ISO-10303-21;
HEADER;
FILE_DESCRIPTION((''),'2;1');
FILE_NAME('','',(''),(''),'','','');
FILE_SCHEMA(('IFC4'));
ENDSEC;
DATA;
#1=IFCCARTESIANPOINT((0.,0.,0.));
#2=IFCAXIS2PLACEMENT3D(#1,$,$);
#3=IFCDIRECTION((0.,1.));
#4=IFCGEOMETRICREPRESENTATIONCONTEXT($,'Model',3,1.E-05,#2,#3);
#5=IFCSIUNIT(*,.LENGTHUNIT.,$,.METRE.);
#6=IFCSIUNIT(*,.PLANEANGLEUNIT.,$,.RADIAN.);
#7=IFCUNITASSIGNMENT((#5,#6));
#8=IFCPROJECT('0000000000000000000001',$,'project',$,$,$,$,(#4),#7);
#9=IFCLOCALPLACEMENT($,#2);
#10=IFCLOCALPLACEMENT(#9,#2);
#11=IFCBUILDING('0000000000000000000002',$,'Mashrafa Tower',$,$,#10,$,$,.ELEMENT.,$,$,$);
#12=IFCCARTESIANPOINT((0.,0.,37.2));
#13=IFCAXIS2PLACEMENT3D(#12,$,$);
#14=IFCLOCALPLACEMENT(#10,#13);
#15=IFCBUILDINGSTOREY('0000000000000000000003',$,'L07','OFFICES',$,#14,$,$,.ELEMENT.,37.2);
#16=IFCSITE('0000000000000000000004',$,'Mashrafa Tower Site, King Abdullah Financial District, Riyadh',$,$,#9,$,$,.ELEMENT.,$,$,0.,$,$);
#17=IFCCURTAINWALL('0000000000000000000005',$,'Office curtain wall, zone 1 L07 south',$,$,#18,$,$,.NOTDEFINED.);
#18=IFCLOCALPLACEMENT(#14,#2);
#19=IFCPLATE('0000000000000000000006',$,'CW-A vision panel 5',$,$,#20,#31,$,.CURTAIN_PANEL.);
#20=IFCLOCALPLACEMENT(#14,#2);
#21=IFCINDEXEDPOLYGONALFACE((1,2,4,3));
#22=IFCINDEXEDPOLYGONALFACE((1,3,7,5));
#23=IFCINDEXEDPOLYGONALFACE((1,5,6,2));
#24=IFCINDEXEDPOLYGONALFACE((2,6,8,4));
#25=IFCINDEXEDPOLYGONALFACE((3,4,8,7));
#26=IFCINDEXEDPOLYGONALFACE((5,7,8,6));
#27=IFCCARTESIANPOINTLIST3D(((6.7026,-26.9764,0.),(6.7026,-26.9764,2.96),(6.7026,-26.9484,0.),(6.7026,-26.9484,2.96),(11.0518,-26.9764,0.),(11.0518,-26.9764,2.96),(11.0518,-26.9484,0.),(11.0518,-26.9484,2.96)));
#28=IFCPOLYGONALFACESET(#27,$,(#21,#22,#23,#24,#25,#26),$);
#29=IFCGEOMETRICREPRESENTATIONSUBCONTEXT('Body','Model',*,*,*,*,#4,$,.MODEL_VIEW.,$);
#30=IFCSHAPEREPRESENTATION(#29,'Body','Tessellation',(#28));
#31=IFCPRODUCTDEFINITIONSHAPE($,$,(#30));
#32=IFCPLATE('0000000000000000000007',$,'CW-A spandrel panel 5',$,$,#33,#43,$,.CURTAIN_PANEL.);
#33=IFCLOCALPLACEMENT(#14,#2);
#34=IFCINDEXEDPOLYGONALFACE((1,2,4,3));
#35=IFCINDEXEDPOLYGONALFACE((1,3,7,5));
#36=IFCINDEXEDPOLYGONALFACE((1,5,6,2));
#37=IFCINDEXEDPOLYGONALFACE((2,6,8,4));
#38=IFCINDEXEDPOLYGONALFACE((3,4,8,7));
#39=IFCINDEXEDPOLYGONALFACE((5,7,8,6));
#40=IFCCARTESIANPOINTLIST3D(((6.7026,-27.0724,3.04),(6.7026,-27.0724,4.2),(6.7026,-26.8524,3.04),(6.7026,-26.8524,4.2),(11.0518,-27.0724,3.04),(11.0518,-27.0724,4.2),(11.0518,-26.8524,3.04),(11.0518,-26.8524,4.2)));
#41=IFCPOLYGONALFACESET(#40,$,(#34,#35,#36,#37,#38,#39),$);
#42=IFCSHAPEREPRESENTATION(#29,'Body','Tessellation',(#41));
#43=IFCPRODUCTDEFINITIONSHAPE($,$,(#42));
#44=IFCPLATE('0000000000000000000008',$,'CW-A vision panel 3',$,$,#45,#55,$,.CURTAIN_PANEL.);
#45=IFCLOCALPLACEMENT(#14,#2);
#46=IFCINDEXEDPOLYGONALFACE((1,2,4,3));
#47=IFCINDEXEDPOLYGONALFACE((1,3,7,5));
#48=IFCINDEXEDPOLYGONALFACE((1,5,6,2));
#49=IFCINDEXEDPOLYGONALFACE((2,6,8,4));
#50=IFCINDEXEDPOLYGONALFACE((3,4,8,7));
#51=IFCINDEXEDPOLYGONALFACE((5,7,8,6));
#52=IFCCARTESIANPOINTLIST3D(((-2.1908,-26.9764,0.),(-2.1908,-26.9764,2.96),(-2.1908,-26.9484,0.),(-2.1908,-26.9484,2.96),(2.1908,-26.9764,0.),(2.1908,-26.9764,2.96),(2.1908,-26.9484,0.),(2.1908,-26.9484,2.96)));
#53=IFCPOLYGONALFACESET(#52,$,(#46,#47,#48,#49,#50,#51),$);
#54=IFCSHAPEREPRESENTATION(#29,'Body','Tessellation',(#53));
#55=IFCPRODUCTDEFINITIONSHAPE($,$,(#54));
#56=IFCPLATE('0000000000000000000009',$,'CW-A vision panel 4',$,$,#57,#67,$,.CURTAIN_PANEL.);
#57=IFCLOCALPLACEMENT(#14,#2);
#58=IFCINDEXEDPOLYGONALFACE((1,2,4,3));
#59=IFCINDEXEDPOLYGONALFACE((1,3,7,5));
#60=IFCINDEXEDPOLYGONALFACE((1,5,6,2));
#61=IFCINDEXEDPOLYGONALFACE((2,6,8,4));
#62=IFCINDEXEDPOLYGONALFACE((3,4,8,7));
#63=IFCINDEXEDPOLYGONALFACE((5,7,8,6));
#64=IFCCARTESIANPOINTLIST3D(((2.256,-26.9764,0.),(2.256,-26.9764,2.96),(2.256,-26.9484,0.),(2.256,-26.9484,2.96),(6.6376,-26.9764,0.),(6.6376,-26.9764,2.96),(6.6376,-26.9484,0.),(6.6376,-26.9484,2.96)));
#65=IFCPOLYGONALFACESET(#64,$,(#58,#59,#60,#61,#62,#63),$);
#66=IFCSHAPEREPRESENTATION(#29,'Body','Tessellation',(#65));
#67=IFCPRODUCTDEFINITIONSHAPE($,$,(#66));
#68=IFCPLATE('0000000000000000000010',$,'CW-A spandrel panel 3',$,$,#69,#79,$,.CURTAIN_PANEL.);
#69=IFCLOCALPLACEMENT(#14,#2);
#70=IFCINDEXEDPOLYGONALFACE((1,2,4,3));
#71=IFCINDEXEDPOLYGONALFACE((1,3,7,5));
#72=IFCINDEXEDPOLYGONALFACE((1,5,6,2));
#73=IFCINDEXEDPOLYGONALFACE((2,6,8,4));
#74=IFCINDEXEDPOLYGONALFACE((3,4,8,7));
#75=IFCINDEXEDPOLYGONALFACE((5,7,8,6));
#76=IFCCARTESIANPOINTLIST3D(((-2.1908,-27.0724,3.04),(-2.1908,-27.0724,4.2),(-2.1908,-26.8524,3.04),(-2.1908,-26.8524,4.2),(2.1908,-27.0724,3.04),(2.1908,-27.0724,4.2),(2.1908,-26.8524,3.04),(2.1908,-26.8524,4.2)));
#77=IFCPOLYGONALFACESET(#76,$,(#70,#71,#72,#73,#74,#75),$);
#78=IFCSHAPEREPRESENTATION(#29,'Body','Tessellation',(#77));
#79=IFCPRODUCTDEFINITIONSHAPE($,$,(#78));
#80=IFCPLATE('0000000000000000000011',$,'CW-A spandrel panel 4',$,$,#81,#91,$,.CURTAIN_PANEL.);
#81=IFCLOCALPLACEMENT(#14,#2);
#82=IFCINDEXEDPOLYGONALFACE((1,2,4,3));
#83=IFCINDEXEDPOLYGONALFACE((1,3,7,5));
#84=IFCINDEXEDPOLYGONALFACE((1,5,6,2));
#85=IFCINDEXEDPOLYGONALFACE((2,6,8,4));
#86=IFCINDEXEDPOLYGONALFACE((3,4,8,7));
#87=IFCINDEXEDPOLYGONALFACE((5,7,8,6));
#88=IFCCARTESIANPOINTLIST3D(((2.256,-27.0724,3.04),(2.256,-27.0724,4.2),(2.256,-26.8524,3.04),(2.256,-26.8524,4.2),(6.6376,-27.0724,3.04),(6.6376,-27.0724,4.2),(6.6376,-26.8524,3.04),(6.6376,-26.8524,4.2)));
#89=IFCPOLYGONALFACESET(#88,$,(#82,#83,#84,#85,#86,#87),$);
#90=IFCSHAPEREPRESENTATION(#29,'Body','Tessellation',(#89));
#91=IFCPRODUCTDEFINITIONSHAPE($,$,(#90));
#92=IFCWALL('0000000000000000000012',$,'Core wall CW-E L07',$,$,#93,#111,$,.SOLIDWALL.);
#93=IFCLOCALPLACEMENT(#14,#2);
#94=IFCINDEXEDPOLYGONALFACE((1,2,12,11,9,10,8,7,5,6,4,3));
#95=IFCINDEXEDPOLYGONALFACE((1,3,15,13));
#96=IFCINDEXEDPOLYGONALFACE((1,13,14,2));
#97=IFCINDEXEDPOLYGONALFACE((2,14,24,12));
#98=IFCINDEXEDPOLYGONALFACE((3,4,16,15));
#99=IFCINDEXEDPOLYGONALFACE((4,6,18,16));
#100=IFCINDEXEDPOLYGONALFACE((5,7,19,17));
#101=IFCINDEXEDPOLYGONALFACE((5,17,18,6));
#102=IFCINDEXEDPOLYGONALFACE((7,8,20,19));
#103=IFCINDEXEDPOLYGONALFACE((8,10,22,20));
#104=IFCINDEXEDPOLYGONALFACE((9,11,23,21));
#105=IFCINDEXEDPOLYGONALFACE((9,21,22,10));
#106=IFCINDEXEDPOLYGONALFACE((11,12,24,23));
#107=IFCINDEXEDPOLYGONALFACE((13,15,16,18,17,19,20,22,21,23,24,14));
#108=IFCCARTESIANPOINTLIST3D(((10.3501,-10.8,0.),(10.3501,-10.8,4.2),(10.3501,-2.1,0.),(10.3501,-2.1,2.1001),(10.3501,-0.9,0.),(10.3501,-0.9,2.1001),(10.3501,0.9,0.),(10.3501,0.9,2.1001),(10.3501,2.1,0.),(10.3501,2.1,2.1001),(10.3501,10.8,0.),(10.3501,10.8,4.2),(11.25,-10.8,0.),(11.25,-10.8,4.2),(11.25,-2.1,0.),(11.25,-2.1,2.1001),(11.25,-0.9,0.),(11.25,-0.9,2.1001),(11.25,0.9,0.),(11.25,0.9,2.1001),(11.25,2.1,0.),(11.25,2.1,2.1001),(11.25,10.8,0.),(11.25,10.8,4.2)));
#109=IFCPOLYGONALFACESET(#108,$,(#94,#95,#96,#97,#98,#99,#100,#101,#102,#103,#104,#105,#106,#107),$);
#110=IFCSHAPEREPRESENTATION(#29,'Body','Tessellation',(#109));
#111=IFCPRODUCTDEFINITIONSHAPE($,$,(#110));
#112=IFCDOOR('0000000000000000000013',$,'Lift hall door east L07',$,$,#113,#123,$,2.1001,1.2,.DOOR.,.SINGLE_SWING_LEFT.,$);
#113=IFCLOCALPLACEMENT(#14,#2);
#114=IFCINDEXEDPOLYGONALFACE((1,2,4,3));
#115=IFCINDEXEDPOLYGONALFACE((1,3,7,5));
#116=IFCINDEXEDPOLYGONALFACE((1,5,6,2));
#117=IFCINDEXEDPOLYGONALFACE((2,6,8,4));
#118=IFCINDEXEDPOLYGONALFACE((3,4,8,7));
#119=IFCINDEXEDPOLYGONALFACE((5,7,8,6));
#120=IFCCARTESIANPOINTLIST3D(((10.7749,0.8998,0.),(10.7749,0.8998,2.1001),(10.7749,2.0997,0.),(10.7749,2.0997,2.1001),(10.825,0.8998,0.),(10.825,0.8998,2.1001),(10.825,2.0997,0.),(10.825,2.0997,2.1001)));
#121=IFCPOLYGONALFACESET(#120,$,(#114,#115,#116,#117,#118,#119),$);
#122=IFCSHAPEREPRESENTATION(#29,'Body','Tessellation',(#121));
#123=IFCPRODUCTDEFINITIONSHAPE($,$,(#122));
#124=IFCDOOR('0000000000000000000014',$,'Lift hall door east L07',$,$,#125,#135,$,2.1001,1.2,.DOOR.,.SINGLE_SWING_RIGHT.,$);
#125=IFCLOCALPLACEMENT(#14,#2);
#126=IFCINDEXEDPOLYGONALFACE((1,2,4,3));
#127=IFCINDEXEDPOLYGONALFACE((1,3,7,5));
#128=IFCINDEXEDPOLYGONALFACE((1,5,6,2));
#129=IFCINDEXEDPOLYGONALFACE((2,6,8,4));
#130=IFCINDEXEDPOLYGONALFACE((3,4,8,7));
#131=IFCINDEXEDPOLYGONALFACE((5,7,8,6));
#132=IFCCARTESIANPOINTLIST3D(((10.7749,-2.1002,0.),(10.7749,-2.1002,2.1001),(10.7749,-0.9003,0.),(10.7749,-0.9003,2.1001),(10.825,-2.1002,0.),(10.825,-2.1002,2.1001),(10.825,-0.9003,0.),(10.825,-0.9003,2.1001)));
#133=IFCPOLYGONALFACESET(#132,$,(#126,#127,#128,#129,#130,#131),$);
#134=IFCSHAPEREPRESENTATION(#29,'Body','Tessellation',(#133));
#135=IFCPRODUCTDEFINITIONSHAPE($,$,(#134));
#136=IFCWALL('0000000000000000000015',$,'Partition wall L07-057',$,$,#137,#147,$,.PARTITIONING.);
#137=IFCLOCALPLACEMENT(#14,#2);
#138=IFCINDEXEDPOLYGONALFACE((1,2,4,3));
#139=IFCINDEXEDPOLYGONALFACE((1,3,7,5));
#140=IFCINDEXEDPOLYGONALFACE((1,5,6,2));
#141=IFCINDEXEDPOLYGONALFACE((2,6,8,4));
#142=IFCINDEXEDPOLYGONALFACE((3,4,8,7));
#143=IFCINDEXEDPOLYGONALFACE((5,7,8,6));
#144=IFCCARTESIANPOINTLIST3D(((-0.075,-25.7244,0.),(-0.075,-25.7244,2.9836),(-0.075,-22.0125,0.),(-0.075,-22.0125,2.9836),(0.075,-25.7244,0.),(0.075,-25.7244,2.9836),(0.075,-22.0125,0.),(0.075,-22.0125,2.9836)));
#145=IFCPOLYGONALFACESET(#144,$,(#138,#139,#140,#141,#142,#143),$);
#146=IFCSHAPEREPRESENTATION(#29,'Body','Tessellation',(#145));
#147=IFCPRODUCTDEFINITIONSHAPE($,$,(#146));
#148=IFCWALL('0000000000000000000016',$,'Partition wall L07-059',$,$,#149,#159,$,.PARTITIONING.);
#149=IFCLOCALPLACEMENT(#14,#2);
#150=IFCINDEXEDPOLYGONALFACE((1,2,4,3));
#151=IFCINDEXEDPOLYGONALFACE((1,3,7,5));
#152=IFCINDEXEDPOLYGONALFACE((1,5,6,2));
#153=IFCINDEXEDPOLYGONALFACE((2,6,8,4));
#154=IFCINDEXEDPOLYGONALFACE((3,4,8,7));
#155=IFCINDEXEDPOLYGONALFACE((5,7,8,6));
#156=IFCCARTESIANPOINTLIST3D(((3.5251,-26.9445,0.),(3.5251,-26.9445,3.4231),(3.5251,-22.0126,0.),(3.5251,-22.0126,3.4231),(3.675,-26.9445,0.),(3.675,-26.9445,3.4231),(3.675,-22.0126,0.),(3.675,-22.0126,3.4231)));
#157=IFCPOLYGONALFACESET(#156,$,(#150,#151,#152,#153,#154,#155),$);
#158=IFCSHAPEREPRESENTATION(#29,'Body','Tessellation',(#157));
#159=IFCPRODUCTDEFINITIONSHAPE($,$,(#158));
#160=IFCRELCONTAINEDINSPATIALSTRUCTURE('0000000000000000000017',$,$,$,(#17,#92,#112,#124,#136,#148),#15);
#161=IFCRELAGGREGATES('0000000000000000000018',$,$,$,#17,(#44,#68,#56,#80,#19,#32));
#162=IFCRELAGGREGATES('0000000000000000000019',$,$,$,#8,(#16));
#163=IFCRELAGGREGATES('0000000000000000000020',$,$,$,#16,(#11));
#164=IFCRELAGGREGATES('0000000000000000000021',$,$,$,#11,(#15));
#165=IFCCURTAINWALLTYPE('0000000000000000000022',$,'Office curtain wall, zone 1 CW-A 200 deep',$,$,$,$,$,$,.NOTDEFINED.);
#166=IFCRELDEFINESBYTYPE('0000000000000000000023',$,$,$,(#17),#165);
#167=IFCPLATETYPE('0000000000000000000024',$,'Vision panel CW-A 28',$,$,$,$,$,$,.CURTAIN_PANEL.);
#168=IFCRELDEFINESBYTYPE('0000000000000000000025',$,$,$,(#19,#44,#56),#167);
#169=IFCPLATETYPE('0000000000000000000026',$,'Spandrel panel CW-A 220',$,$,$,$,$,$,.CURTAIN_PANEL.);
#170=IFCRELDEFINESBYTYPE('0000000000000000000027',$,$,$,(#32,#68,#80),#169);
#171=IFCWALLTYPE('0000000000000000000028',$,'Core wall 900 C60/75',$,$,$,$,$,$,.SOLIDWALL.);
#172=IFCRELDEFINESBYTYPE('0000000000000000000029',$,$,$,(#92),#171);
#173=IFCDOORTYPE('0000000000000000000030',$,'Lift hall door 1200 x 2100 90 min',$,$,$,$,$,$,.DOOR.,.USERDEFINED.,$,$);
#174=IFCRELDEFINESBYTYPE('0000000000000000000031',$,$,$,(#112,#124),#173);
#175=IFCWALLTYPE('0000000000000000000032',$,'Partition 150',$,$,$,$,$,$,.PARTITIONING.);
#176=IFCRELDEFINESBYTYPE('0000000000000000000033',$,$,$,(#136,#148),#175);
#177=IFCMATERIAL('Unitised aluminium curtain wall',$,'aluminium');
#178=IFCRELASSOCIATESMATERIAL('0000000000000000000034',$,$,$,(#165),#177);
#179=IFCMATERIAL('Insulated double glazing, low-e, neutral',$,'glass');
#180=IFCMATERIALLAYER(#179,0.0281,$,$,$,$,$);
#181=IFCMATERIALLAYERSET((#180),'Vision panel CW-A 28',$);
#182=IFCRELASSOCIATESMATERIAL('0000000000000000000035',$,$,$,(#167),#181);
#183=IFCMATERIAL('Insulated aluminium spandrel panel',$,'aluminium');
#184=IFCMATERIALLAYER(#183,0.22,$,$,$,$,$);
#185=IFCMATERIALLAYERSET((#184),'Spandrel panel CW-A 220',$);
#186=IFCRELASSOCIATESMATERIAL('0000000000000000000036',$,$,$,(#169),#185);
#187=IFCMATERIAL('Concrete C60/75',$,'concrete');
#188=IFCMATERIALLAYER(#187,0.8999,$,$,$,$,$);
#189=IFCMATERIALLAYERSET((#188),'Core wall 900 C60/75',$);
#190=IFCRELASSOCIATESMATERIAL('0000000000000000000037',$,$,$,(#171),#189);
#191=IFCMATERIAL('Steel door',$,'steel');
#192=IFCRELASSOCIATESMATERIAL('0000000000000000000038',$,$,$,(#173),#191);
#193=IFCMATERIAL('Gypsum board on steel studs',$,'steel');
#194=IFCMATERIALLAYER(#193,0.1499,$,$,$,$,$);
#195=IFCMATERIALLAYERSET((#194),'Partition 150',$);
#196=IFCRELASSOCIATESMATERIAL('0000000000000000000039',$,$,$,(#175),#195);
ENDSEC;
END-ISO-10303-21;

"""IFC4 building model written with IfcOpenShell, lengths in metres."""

from ifc_helpers import new_model, si_unit, direction, frame, frame_2d, origin, origin_2d, place, context, subcontext, project, spatial, rectangle, extrude, source, transform, mapped, material, layer, layer_set, type_object, type_shapes, element, fill, aggregate, save


model = new_model("IFC4")

# Units and contexts
model_context = context("Model", 3, precision=1e-05, world=origin(), true_north=direction((0.0, 1.0)))
body_context = subcontext(model_context, "Body", "Model", "MODEL_VIEW")
ifc_project = project(units=[si_unit("LENGTHUNIT", "METRE"), si_unit("PLANEANGLEUNIT", "RADIAN")], contexts=[model_context])

# Site, building, storey
site_placement = place(None, origin())
site = spatial("IfcSite", under=ifc_project, at=site_placement, Name="Mashrafa Tower Site, King Abdullah Financial District, Riyadh", CompositionType="ELEMENT", RefElevation=0.0)
building_placement = place(site_placement, origin())
building = spatial("IfcBuilding", under=site, at=building_placement, Name="Mashrafa Tower", CompositionType="ELEMENT")
storey_placement = place(building_placement, frame((0.0, 0.0, 37.2)))
storey = spatial("IfcBuildingStorey", under=building, at=storey_placement, Name="L07", Description="OFFICES", CompositionType="ELEMENT", Elevation=37.2)

# Curtain wall
ifc_material_1 = material(Name="Unitised aluminium curtain wall", Category="aluminium")
curtain_wall_type = type_object("IfcCurtainWallType", Name="Office curtain wall, zone 1 CW-A 200 deep", PredefinedType="NOTDEFINED", material=ifc_material_1)
curtain_wall_1_placement = place(storey_placement, origin())
curtain_wall_1 = element("IfcCurtainWall", 1, at=curtain_wall_1_placement, inside=storey, type_object=curtain_wall_type, Name="Office curtain wall, zone 1 L07 south", PredefinedType="NOTDEFINED")

# Plates
ifc_material_2 = material(Name="Insulated double glazing, low-e, neutral", Category="glass")
ifc_layer_1 = layer(ifc_material_2, 0.0281)
ifc_layer_set_1 = layer_set([ifc_layer_1], Name="Vision panel CW-A 28")
plate_type_1 = type_object("IfcPlateType", Name="Vision panel CW-A 28", PredefinedType="CURTAIN_PANEL", material=ifc_layer_set_1)
shared_shape_1 = source(origin(), body_context, "Body", "SweptSolid", [
    extrude(rectangle(XDim=4.3491, YDim=0.0281, at=origin_2d()), origin(), (0.0, 0.0, 1.0), 2.96),
])
plate_1_placement = place(storey_placement, frame((8.8772, -26.9624, 0.0), z_axis=(0.0, 0.0, 1.0), x_axis=(1.0, 0.0, 0.0)))
plate_1 = element("IfcPlate", 2, at=plate_1_placement, type_object=plate_type_1, Name="CW-A vision panel 5", PredefinedType="CURTAIN_PANEL", context=body_context, shape_type="MappedRepresentation", body=[
    mapped(shared_shape_1, transform((0.0, 0.0, 0.0))),
])
ifc_material_3 = material(Name="Insulated aluminium spandrel panel", Category="aluminium")
ifc_layer_2 = layer(ifc_material_3, 0.22)
ifc_layer_set_2 = layer_set([ifc_layer_2], Name="Spandrel panel CW-A 220")
plate_type_2 = type_object("IfcPlateType", Name="Spandrel panel CW-A 220", PredefinedType="CURTAIN_PANEL", material=ifc_layer_set_2)
shared_shape_2 = source(origin(), body_context, "Body", "SweptSolid", [
    extrude(rectangle(XDim=4.3491, YDim=0.22, at=origin_2d()), origin(), (0.0, 0.0, 1.0), 1.1599),
])
plate_2_placement = place(storey_placement, frame((8.8772, -26.9624, 3.04), z_axis=(0.0, 0.0, 1.0), x_axis=(1.0, 0.0, 0.0)))
plate_2 = element("IfcPlate", 3, at=plate_2_placement, type_object=plate_type_2, Name="CW-A spandrel panel 5", PredefinedType="CURTAIN_PANEL", context=body_context, shape_type="MappedRepresentation", body=[
    mapped(shared_shape_2, transform((0.0, 0.0, 0.0))),
])
shared_shape_3 = source(origin(), body_context, "Body", "SweptSolid", [
    extrude(rectangle(XDim=4.3816, YDim=0.0281, at=origin_2d()), origin(), (0.0, 0.0, 1.0), 2.96),
])
type_shapes(plate_type_1, [shared_shape_1, shared_shape_3])
plate_3_placement = place(storey_placement, frame((0.0, -26.9624, 0.0), z_axis=(0.0, 0.0, 1.0), x_axis=(1.0, 0.0, 0.0)))
plate_3 = element("IfcPlate", 4, at=plate_3_placement, type_object=plate_type_1, Name="CW-A vision panel 3", PredefinedType="CURTAIN_PANEL", context=body_context, shape_type="MappedRepresentation", body=[
    mapped(shared_shape_3, transform((0.0, 0.0, 0.0))),
])
plate_4_placement = place(storey_placement, frame((4.4468, -26.9624, 0.0), z_axis=(0.0, 0.0, 1.0), x_axis=(1.0, 0.0, 0.0)))
plate_4 = element("IfcPlate", 5, at=plate_4_placement, type_object=plate_type_1, Name="CW-A vision panel 4", PredefinedType="CURTAIN_PANEL", context=body_context, shape_type="MappedRepresentation", body=[
    mapped(shared_shape_3, transform((0.0, 0.0, 0.0))),
])
shared_shape_4 = source(origin(), body_context, "Body", "SweptSolid", [
    extrude(rectangle(XDim=4.3816, YDim=0.22, at=origin_2d()), origin(), (0.0, 0.0, 1.0), 1.1599),
])
type_shapes(plate_type_2, [shared_shape_2, shared_shape_4])
plate_5_placement = place(storey_placement, frame((0.0, -26.9624, 3.04), z_axis=(0.0, 0.0, 1.0), x_axis=(1.0, 0.0, 0.0)))
plate_5 = element("IfcPlate", 6, at=plate_5_placement, type_object=plate_type_2, Name="CW-A spandrel panel 3", PredefinedType="CURTAIN_PANEL", context=body_context, shape_type="MappedRepresentation", body=[
    mapped(shared_shape_4, transform((0.0, 0.0, 0.0))),
])
plate_6_placement = place(storey_placement, frame((4.4468, -26.9624, 3.04), z_axis=(0.0, 0.0, 1.0), x_axis=(1.0, 0.0, 0.0)))
plate_6 = element("IfcPlate", 7, at=plate_6_placement, type_object=plate_type_2, Name="CW-A spandrel panel 4", PredefinedType="CURTAIN_PANEL", context=body_context, shape_type="MappedRepresentation", body=[
    mapped(shared_shape_4, transform((0.0, 0.0, 0.0))),
])
aggregate(curtain_wall_1, [plate_3, plate_5, plate_4, plate_6, plate_1, plate_2])

# Wall, openings, doors
ifc_material_4 = material(Name="Concrete C60/75", Category="concrete")
ifc_layer_3 = layer(ifc_material_4, 0.8999)
ifc_layer_set_3 = layer_set([ifc_layer_3], Name="Core wall 900 C60/75")
wall_type_1 = type_object("IfcWallType", Name="Core wall 900 C60/75", PredefinedType="SOLIDWALL", material=ifc_layer_set_3)
wall_1_placement = place(storey_placement, frame((10.8, -10.8, 0.0), z_axis=(0.0, 0.0, 1.0), x_axis=(0.0, 1.0, 0.0)))
wall_1 = element("IfcWall", 8, at=wall_1_placement, inside=storey, type_object=wall_type_1, Name="Core wall CW-E L07", PredefinedType="SOLIDWALL", context=body_context, shape_type="SweptSolid", body=[
    extrude(rectangle(XDim=21.6001, YDim=0.8999, at=frame_2d((10.8, 0.0))), origin(), (0.0, 0.0, 1.0), 4.2),
])
opening_1_placement = place(wall_1_placement, frame((11.7, 0.0, 0.0)))
opening_1 = element("IfcOpeningElement", 9, at=opening_1_placement, cuts=wall_1, PredefinedType="OPENING", context=body_context, shape_type="SweptSolid", body=[
    extrude(rectangle(XDim=1.2, YDim=2.1001, at=frame_2d((0.6001, 1.05))), frame((0.0, 0.46, 0.0), z_axis=(0.0, -1.0, 0.0), x_axis=(1.0, 0.0, 0.0)), (0.0, 0.0, 1.0), 0.9199),
])
opening_2_placement = place(wall_1_placement, frame((8.7, 0.0, 0.0)))
opening_2 = element("IfcOpeningElement", 10, at=opening_2_placement, cuts=wall_1, PredefinedType="OPENING", context=body_context, shape_type="SweptSolid", body=[
    extrude(rectangle(XDim=1.2, YDim=2.1001, at=frame_2d((0.6001, 1.05))), frame((0.0, 0.46, 0.0), z_axis=(0.0, -1.0, 0.0), x_axis=(1.0, 0.0, 0.0)), (0.0, 0.0, 1.0), 0.9199),
])
ifc_material_5 = material(Name="Steel door", Category="steel")
door_type_1 = type_object("IfcDoorType", Name="Lift hall door 1200 x 2100 90 min", OperationType="USERDEFINED", PredefinedType="DOOR", material=ifc_material_5)
door_1_placement = place(opening_1_placement, frame((1.2, 0.0, 0.0), z_axis=(0.0, 0.0, 1.0), x_axis=(-1.0, 0.0, 0.0)))
door_1 = element("IfcDoor", 11, at=door_1_placement, inside=storey, type_object=door_type_1, Name="Lift hall door east L07", OperationType="SINGLE_SWING_LEFT", OverallHeight=2.1001, OverallWidth=1.2, PredefinedType="DOOR", context=body_context, shape_type="SweptSolid", body=[
    extrude(rectangle(XDim=1.2, YDim=2.1001, at=frame_2d((0.6001, 1.05))), frame((0.0, 0.0249, 0.0), z_axis=(0.0, -1.0, 0.0), x_axis=(1.0, 0.0, 0.0)), (0.0, 0.0, 1.0), 0.05),
])
fill(opening_1, door_1)
door_2_placement = place(opening_2_placement, frame((1.2, 0.0, 0.0), z_axis=(0.0, 0.0, 1.0), x_axis=(-1.0, 0.0, 0.0)))
door_2 = element("IfcDoor", 12, at=door_2_placement, inside=storey, type_object=door_type_1, Name="Lift hall door east L07", OperationType="SINGLE_SWING_RIGHT", OverallHeight=2.1001, OverallWidth=1.2, PredefinedType="DOOR", context=body_context, shape_type="SweptSolid", body=[
    extrude(rectangle(XDim=1.2, YDim=2.1001, at=frame_2d((0.6001, 1.05))), frame((0.0, 0.0249, 0.0), z_axis=(0.0, -1.0, 0.0), x_axis=(1.0, 0.0, 0.0)), (0.0, 0.0, 1.0), 0.05),
])
fill(opening_2, door_2)

# Walls
ifc_material_6 = material(Name="Gypsum board on steel studs", Category="steel")
ifc_layer_4 = layer(ifc_material_6, 0.1499)
ifc_layer_set_4 = layer_set([ifc_layer_4], Name="Partition 150")
wall_type_2 = type_object("IfcWallType", Name="Partition 150", PredefinedType="PARTITIONING", material=ifc_layer_set_4)
wall_2_placement = place(storey_placement, frame((0.0, -25.7244, 0.0), z_axis=(0.0, 0.0, 1.0), x_axis=(0.0, 1.0, 0.0)))
element("IfcWall", 13, at=wall_2_placement, inside=storey, type_object=wall_type_2, Name="Partition wall L07-057", PredefinedType="PARTITIONING", context=body_context, shape_type="SweptSolid", body=[
    extrude(rectangle(XDim=3.7119, YDim=0.1499, at=frame_2d((1.856, 0.0))), origin(), (0.0, 0.0, 1.0), 2.9836),
])
wall_3_placement = place(storey_placement, frame((3.6001, -26.9443, 0.0), z_axis=(0.0, 0.0, 1.0), x_axis=(0.0, 1.0, 0.0)))
element("IfcWall", 14, at=wall_3_placement, inside=storey, type_object=wall_type_2, Name="Partition wall L07-059", PredefinedType="PARTITIONING", context=body_context, shape_type="SweptSolid", body=[
    extrude(rectangle(XDim=4.9319, YDim=0.1499, at=frame_2d((2.4658, 0.0))), origin(), (0.0, 0.0, 1.0), 3.4231),
])

save(model, "model.ifc")
